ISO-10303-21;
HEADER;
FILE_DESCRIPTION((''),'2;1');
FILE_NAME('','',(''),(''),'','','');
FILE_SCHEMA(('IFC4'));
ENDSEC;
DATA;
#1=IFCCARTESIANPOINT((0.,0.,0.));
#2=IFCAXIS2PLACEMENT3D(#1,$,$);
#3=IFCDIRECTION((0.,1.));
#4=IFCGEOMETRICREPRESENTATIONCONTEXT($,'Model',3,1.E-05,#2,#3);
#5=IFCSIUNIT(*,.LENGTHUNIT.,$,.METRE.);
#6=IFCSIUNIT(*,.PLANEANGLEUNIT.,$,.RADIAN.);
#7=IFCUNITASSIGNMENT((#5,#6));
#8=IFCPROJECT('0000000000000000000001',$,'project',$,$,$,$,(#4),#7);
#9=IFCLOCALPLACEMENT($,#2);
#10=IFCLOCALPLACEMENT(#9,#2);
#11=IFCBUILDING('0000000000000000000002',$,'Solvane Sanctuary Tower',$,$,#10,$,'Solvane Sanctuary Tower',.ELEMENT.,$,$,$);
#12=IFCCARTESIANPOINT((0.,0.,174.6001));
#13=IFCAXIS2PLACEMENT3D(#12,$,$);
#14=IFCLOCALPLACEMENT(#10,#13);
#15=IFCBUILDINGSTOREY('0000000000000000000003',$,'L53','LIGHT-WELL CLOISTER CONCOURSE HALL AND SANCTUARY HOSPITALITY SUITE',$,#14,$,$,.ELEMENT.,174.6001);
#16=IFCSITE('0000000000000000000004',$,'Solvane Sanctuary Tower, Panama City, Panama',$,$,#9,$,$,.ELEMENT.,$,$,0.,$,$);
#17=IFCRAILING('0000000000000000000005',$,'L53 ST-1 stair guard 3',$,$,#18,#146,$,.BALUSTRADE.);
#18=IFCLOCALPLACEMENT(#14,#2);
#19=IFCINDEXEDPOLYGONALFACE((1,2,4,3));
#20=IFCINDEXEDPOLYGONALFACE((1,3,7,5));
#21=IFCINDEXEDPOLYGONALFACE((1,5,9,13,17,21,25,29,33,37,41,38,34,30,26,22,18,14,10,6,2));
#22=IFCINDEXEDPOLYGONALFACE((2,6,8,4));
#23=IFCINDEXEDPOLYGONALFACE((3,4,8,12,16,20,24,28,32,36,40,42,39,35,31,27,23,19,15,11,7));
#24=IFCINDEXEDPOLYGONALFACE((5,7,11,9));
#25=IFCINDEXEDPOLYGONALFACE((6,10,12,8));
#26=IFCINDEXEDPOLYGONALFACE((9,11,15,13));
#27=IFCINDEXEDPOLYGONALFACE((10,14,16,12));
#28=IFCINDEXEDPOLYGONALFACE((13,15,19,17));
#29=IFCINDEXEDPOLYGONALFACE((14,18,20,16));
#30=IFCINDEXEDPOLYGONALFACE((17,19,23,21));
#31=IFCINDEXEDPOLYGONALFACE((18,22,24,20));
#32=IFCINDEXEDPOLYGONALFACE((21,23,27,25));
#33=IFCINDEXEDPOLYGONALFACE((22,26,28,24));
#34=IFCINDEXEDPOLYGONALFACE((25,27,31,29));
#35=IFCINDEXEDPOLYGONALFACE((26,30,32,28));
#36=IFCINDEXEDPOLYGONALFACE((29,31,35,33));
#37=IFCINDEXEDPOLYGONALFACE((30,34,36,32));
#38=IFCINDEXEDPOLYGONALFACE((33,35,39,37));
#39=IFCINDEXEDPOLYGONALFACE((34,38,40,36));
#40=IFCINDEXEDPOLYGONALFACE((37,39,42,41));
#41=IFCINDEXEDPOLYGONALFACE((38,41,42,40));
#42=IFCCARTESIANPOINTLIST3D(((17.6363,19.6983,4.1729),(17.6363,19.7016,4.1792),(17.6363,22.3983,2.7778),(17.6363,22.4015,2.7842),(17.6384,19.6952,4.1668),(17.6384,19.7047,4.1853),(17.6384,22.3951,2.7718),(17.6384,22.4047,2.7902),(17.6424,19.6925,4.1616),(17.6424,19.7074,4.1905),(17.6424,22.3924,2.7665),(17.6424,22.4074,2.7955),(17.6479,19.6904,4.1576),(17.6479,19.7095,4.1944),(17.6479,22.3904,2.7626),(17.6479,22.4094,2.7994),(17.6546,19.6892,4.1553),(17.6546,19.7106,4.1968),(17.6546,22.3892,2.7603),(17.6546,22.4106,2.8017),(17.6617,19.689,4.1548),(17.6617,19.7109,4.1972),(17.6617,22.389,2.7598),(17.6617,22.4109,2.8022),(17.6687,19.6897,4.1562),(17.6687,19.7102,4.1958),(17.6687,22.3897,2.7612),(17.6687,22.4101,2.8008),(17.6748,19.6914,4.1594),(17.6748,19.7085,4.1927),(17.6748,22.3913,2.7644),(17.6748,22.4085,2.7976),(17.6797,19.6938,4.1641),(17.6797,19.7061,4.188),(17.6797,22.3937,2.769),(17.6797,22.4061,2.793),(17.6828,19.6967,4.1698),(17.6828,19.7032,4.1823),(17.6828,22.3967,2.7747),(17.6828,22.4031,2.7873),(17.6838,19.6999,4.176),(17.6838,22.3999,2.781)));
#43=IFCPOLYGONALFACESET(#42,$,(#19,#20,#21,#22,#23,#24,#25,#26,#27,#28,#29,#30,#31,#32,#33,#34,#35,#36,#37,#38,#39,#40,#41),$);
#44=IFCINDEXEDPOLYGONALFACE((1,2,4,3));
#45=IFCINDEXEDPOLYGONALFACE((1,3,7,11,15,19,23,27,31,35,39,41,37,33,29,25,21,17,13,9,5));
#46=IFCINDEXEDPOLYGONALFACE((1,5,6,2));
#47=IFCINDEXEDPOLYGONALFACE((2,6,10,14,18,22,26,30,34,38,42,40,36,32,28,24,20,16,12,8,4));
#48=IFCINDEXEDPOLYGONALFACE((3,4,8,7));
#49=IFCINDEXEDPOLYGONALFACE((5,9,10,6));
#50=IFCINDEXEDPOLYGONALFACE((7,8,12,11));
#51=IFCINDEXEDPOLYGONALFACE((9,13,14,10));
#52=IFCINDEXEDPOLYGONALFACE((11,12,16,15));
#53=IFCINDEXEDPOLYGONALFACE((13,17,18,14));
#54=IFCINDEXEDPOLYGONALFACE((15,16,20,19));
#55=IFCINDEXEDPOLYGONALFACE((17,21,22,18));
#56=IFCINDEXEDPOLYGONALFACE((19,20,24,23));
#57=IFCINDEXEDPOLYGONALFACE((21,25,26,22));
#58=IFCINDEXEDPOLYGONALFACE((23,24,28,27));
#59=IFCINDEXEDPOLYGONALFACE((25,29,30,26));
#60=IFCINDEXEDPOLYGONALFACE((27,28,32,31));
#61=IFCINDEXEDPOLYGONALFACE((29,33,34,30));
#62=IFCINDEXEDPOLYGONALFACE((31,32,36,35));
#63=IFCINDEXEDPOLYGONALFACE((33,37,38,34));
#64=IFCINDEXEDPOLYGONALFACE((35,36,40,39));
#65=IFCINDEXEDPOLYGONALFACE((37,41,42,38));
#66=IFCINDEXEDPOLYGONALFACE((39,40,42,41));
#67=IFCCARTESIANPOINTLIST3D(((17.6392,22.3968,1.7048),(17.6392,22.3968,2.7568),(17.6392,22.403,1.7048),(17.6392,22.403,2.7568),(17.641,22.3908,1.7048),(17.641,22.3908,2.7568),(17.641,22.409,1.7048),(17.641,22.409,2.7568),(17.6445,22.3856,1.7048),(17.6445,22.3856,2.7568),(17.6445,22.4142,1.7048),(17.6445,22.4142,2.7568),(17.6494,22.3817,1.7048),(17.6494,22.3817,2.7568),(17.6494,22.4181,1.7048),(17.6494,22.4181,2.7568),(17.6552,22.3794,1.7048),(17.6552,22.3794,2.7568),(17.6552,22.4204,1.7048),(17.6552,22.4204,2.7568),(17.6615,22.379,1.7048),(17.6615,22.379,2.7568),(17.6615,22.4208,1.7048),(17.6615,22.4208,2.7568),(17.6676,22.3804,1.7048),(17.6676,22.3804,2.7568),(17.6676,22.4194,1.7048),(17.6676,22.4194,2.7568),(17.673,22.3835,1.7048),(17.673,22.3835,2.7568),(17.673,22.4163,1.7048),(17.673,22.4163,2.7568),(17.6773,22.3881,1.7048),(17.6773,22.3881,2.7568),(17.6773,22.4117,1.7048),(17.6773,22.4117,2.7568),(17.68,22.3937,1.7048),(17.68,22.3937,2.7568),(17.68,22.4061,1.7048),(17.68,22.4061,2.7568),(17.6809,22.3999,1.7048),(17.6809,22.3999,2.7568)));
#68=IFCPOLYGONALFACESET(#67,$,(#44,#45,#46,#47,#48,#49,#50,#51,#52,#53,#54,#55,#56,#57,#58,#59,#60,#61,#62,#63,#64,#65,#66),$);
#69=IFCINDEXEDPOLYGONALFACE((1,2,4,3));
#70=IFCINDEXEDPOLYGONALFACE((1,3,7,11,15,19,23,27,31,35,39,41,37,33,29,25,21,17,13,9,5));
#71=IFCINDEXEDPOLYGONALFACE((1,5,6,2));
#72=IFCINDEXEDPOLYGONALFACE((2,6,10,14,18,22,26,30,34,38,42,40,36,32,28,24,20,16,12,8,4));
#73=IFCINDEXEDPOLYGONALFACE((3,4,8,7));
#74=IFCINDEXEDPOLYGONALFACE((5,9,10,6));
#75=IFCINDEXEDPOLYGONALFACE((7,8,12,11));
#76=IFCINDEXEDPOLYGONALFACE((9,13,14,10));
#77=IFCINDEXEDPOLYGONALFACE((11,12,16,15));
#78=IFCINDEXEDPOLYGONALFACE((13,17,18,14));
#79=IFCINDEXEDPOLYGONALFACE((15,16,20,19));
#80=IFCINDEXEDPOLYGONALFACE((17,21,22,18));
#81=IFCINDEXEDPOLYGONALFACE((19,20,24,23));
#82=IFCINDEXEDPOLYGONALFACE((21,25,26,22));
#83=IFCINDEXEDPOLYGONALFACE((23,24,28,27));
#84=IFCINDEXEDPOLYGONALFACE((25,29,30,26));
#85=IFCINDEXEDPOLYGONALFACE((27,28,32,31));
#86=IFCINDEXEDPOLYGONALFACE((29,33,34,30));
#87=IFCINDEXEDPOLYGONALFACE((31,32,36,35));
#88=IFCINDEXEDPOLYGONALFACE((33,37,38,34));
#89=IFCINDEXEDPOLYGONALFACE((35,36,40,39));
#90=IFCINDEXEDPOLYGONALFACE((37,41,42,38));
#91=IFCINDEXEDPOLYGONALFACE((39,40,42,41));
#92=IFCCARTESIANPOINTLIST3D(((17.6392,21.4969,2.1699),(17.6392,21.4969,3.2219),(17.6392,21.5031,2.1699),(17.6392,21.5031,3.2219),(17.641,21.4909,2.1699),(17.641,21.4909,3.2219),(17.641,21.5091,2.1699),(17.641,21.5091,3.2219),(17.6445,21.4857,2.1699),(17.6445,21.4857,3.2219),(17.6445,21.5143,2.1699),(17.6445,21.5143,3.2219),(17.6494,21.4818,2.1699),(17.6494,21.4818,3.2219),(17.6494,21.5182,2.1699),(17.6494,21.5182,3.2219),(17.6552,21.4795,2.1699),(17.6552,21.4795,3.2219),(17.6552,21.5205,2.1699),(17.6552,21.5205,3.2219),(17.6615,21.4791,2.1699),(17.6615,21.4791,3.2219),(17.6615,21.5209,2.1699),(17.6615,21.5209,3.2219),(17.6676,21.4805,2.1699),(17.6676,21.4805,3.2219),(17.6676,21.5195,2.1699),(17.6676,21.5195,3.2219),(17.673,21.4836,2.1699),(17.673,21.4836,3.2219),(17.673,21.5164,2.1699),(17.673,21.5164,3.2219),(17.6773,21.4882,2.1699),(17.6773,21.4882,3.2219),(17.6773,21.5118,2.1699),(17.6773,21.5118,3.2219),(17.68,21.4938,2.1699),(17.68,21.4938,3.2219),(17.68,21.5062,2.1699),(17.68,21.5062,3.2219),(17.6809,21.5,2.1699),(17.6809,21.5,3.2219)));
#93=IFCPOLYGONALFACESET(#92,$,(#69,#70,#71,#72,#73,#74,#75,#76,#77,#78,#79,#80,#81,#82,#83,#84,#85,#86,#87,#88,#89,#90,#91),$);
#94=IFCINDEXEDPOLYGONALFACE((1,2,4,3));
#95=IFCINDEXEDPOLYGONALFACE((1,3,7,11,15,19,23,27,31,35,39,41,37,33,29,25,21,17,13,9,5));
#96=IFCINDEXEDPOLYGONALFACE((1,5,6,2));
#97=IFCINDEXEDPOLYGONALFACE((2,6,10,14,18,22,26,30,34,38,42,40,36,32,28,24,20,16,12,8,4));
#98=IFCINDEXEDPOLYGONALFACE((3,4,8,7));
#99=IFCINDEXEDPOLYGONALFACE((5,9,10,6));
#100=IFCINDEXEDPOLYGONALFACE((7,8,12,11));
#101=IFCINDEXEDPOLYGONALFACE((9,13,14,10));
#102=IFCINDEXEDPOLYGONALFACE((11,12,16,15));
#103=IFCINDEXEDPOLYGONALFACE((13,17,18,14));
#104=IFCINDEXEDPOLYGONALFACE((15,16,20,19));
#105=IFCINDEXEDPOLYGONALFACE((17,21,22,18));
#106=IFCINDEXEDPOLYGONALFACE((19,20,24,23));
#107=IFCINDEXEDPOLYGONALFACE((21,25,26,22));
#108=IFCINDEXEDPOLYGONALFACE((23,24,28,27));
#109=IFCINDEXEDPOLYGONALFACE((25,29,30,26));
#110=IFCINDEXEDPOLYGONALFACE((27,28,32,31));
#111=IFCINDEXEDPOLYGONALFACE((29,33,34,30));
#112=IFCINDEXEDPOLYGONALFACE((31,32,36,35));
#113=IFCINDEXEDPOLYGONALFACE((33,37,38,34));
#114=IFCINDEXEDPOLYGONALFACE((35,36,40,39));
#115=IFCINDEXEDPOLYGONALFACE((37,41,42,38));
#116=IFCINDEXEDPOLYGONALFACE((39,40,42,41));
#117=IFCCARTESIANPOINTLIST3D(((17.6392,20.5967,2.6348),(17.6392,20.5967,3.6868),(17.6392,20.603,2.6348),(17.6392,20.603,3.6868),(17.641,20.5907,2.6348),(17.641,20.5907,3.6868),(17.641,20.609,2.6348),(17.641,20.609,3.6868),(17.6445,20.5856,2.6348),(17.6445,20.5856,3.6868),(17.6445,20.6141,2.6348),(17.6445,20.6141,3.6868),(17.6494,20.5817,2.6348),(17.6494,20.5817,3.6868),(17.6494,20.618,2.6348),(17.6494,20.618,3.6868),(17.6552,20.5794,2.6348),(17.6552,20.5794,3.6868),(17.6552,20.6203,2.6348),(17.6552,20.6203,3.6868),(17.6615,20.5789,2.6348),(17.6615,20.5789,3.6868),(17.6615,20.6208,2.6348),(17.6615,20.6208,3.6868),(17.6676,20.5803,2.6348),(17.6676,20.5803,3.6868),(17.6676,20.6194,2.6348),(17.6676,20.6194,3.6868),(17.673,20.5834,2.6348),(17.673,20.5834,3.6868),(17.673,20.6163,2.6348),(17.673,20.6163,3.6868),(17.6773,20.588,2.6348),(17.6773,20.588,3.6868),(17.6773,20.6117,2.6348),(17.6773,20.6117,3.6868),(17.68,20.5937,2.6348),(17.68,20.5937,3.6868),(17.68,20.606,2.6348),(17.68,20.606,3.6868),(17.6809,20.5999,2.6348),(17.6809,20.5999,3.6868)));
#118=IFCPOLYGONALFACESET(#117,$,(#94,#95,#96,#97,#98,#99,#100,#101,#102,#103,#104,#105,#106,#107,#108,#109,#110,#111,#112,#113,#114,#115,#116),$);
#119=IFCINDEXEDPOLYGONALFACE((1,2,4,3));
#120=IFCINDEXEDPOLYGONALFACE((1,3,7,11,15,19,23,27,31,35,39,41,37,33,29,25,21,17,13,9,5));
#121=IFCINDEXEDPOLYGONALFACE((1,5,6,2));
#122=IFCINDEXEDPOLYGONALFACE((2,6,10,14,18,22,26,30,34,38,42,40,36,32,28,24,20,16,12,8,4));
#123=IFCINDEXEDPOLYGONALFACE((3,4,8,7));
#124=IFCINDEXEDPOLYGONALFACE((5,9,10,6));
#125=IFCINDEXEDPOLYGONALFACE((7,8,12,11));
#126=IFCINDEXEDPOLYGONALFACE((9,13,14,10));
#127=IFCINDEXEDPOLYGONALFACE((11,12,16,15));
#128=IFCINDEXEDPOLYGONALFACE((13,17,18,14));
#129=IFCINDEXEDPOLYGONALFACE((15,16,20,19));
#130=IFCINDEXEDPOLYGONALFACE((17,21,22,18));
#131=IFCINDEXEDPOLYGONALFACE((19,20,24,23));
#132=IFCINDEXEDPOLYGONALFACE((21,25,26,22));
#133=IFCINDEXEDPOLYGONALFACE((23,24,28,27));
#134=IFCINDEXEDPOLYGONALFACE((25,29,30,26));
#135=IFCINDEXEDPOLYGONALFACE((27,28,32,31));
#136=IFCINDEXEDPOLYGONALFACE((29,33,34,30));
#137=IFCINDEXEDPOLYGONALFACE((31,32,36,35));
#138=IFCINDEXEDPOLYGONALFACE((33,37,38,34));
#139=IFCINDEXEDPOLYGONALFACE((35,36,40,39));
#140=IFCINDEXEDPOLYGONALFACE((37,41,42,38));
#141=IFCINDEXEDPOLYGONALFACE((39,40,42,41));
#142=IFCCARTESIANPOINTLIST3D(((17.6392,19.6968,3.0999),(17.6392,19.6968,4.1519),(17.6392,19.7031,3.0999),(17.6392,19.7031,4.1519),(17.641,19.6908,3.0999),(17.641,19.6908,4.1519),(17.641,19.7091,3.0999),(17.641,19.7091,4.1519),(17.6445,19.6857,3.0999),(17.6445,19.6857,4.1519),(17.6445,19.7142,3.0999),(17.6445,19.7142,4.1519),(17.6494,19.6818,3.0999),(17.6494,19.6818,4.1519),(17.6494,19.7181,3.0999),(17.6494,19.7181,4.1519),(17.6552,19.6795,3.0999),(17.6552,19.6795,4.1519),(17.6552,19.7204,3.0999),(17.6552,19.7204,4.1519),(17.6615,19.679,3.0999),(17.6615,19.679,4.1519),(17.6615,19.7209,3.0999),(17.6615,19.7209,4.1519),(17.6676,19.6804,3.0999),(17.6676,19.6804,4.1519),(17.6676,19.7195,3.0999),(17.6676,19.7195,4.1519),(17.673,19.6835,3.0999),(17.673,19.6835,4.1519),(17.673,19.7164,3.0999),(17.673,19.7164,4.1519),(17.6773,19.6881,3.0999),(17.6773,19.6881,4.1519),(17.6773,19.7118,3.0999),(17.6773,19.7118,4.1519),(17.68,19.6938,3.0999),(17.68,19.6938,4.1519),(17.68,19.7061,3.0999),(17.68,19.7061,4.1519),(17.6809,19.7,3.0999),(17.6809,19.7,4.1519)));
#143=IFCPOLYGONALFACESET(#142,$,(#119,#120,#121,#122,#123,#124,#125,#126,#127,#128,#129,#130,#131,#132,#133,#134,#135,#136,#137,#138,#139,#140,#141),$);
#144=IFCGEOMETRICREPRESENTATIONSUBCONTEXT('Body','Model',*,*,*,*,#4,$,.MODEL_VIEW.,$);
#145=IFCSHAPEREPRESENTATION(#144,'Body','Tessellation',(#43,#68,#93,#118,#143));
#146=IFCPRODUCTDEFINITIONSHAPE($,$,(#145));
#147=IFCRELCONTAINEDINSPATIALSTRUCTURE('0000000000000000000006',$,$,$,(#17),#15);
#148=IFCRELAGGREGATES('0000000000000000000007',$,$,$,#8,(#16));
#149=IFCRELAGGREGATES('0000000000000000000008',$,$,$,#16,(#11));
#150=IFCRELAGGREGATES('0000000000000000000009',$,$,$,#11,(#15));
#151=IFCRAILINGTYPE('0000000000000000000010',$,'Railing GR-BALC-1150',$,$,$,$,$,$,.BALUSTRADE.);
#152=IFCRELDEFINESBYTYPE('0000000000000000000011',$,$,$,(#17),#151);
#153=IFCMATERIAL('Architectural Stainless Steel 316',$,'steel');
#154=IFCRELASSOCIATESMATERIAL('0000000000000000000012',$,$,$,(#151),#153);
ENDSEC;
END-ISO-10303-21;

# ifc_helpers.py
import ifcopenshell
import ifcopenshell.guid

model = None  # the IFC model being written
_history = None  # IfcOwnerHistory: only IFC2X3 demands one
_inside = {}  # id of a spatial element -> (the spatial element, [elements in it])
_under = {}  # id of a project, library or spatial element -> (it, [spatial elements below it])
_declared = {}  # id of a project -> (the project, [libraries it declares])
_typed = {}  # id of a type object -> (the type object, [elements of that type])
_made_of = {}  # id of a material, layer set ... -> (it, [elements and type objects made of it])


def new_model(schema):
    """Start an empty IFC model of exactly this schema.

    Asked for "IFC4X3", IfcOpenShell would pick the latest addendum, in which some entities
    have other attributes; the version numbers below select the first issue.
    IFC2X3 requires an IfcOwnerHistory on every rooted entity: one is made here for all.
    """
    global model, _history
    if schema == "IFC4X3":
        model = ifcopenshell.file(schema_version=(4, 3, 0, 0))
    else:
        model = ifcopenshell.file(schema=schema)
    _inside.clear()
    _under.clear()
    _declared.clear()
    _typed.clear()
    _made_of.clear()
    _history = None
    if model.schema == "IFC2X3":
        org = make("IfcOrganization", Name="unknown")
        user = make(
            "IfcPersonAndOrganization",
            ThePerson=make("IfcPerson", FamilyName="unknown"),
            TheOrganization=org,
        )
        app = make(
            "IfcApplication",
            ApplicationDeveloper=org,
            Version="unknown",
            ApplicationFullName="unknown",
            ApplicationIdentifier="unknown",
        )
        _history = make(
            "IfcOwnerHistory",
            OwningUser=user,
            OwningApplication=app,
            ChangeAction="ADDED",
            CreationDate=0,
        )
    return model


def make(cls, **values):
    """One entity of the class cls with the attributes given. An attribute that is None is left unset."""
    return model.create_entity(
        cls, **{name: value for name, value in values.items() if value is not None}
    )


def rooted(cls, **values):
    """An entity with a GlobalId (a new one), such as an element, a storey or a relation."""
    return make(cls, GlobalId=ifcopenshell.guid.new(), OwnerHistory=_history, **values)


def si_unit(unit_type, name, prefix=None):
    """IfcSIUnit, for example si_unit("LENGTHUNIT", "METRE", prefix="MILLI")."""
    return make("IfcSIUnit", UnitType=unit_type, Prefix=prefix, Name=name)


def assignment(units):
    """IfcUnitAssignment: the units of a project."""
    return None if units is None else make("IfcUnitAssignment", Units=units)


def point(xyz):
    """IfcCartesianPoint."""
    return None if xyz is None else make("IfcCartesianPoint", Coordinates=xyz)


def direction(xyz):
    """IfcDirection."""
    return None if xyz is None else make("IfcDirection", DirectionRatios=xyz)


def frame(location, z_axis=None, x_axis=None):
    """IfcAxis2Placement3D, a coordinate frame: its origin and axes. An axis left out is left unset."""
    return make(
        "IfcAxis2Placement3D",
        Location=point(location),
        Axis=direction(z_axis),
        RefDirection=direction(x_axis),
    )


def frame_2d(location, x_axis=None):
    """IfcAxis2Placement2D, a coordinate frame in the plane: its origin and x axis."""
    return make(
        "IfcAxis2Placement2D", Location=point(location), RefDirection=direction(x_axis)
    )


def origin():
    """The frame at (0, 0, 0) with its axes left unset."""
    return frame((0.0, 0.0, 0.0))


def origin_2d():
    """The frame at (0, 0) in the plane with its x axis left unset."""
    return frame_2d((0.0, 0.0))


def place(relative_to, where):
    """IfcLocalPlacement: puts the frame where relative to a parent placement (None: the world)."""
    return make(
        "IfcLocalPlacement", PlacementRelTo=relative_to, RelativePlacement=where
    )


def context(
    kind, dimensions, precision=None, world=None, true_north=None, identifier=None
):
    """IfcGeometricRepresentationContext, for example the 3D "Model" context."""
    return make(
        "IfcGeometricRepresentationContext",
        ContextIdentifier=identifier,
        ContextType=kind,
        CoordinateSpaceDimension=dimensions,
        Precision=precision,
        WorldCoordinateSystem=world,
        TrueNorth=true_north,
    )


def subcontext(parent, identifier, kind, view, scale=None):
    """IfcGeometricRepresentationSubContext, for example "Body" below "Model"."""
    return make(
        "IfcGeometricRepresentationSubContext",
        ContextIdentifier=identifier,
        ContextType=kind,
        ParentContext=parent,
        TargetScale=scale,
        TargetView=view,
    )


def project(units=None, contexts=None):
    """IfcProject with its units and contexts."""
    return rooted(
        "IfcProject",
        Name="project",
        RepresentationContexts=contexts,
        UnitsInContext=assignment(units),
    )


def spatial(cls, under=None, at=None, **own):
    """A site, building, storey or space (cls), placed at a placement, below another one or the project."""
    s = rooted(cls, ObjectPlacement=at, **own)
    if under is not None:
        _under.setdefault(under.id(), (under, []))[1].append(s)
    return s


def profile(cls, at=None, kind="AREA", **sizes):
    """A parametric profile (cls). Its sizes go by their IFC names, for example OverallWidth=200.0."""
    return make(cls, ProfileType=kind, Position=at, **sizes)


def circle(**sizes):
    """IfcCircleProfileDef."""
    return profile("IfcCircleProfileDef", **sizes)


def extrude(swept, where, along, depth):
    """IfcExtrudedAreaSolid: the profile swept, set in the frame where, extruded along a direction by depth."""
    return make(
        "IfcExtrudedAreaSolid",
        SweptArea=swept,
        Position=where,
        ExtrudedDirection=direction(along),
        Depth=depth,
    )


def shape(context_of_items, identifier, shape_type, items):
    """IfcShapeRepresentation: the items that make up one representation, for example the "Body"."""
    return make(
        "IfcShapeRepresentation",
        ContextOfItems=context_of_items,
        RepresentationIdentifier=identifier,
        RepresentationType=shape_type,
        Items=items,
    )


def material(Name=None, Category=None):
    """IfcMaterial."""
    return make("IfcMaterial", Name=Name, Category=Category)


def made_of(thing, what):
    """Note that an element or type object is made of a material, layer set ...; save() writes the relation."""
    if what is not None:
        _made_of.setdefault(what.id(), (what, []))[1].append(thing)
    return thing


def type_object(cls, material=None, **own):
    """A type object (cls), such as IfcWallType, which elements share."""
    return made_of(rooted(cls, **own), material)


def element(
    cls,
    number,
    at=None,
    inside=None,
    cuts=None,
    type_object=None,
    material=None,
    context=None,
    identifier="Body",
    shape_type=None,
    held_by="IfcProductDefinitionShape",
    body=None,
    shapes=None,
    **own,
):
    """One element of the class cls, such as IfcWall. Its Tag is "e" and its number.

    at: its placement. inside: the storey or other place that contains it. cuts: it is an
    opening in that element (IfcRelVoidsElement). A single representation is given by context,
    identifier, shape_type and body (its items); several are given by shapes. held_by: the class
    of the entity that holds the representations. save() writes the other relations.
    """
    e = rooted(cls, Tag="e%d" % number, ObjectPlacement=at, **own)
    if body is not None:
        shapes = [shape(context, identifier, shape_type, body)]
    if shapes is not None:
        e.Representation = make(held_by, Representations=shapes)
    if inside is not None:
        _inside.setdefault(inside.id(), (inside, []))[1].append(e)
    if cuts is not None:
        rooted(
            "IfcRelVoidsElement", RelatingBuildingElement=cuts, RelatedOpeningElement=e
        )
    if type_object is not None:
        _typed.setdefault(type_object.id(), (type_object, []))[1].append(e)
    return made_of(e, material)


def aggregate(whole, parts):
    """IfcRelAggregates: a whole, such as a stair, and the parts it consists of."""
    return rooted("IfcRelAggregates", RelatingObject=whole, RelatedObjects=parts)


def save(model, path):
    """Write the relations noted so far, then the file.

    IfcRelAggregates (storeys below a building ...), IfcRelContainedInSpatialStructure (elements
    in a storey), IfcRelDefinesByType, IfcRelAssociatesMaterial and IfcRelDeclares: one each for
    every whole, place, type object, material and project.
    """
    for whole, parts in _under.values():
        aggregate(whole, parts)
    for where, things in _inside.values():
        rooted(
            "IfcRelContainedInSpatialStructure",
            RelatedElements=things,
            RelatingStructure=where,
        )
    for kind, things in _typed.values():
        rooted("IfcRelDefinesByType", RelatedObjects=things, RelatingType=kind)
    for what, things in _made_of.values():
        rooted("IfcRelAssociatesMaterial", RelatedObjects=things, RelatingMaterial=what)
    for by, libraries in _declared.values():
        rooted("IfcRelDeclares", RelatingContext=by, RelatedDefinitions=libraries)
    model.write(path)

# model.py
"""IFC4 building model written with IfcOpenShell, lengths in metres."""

from ifc_helpers import new_model, si_unit, direction, frame, origin, origin_2d, place, context, subcontext, project, spatial, circle, extrude, material, type_object, element, save


model = new_model("IFC4")

# Units and contexts
model_context = context("Model", 3, precision=1e-05, world=origin(), true_north=direction((0.0, 1.0)))
body_context = subcontext(model_context, "Body", "Model", "MODEL_VIEW")
ifc_project = project(units=[si_unit("LENGTHUNIT", "METRE"), si_unit("PLANEANGLEUNIT", "RADIAN")], contexts=[model_context])

# Site, building, storey
site_placement = place(None, origin())
site = spatial("IfcSite", under=ifc_project, at=site_placement, Name="Solvane Sanctuary Tower, Panama City, Panama", CompositionType="ELEMENT", RefElevation=0.0)
building_placement = place(site_placement, origin())
building = spatial("IfcBuilding", under=site, at=building_placement, Name="Solvane Sanctuary Tower", LongName="Solvane Sanctuary Tower", CompositionType="ELEMENT")
storey_placement = place(building_placement, frame((0.0, 0.0, 174.6001)))
storey = spatial("IfcBuildingStorey", under=building, at=storey_placement, Name="L53", Description="LIGHT-WELL CLOISTER CONCOURSE HALL AND SANCTUARY HOSPITALITY SUITE", CompositionType="ELEMENT", Elevation=174.6001)

# Railing
ifc_material_1 = material(Name="Architectural Stainless Steel 316", Category="steel")
railing_type_1 = type_object("IfcRailingType", Name="Railing GR-BALC-1150", PredefinedType="BALUSTRADE", material=ifc_material_1)
railing_1_placement = place(storey_placement, frame((17.6599, 22.3999, 1.7048)))
element("IfcRailing", 1, at=railing_1_placement, inside=storey, type_object=railing_type_1, Name="L53 ST-1 stair guard 3", PredefinedType="BALUSTRADE", context=body_context, shape_type="SweptSolid", body=[
    extrude(circle(Radius=0.0239, at=origin_2d()), frame((0.0, 0.0, 1.0762), z_axis=(0.0, -0.88842, 0.459032), x_axis=(1.0, 0.0, 0.0)), (0.0, 0.0, 1.0), 3.0391),
    extrude(circle(Radius=0.021, at=origin_2d()), origin(), (0.0, 0.0, 1.0), 1.052),
    extrude(circle(Radius=0.021, at=origin_2d()), frame((0.0, -0.8999, 0.4651)), (0.0, 0.0, 1.0), 1.052),
    extrude(circle(Radius=0.021, at=origin_2d()), frame((0.0, -1.8, 0.9299)), (0.0, 0.0, 1.0), 1.052),
    extrude(circle(Radius=0.021, at=origin_2d()), frame((0.0, -2.7, 1.395)), (0.0, 0.0, 1.0), 1.052),
])

save(model, "model.ifc")
